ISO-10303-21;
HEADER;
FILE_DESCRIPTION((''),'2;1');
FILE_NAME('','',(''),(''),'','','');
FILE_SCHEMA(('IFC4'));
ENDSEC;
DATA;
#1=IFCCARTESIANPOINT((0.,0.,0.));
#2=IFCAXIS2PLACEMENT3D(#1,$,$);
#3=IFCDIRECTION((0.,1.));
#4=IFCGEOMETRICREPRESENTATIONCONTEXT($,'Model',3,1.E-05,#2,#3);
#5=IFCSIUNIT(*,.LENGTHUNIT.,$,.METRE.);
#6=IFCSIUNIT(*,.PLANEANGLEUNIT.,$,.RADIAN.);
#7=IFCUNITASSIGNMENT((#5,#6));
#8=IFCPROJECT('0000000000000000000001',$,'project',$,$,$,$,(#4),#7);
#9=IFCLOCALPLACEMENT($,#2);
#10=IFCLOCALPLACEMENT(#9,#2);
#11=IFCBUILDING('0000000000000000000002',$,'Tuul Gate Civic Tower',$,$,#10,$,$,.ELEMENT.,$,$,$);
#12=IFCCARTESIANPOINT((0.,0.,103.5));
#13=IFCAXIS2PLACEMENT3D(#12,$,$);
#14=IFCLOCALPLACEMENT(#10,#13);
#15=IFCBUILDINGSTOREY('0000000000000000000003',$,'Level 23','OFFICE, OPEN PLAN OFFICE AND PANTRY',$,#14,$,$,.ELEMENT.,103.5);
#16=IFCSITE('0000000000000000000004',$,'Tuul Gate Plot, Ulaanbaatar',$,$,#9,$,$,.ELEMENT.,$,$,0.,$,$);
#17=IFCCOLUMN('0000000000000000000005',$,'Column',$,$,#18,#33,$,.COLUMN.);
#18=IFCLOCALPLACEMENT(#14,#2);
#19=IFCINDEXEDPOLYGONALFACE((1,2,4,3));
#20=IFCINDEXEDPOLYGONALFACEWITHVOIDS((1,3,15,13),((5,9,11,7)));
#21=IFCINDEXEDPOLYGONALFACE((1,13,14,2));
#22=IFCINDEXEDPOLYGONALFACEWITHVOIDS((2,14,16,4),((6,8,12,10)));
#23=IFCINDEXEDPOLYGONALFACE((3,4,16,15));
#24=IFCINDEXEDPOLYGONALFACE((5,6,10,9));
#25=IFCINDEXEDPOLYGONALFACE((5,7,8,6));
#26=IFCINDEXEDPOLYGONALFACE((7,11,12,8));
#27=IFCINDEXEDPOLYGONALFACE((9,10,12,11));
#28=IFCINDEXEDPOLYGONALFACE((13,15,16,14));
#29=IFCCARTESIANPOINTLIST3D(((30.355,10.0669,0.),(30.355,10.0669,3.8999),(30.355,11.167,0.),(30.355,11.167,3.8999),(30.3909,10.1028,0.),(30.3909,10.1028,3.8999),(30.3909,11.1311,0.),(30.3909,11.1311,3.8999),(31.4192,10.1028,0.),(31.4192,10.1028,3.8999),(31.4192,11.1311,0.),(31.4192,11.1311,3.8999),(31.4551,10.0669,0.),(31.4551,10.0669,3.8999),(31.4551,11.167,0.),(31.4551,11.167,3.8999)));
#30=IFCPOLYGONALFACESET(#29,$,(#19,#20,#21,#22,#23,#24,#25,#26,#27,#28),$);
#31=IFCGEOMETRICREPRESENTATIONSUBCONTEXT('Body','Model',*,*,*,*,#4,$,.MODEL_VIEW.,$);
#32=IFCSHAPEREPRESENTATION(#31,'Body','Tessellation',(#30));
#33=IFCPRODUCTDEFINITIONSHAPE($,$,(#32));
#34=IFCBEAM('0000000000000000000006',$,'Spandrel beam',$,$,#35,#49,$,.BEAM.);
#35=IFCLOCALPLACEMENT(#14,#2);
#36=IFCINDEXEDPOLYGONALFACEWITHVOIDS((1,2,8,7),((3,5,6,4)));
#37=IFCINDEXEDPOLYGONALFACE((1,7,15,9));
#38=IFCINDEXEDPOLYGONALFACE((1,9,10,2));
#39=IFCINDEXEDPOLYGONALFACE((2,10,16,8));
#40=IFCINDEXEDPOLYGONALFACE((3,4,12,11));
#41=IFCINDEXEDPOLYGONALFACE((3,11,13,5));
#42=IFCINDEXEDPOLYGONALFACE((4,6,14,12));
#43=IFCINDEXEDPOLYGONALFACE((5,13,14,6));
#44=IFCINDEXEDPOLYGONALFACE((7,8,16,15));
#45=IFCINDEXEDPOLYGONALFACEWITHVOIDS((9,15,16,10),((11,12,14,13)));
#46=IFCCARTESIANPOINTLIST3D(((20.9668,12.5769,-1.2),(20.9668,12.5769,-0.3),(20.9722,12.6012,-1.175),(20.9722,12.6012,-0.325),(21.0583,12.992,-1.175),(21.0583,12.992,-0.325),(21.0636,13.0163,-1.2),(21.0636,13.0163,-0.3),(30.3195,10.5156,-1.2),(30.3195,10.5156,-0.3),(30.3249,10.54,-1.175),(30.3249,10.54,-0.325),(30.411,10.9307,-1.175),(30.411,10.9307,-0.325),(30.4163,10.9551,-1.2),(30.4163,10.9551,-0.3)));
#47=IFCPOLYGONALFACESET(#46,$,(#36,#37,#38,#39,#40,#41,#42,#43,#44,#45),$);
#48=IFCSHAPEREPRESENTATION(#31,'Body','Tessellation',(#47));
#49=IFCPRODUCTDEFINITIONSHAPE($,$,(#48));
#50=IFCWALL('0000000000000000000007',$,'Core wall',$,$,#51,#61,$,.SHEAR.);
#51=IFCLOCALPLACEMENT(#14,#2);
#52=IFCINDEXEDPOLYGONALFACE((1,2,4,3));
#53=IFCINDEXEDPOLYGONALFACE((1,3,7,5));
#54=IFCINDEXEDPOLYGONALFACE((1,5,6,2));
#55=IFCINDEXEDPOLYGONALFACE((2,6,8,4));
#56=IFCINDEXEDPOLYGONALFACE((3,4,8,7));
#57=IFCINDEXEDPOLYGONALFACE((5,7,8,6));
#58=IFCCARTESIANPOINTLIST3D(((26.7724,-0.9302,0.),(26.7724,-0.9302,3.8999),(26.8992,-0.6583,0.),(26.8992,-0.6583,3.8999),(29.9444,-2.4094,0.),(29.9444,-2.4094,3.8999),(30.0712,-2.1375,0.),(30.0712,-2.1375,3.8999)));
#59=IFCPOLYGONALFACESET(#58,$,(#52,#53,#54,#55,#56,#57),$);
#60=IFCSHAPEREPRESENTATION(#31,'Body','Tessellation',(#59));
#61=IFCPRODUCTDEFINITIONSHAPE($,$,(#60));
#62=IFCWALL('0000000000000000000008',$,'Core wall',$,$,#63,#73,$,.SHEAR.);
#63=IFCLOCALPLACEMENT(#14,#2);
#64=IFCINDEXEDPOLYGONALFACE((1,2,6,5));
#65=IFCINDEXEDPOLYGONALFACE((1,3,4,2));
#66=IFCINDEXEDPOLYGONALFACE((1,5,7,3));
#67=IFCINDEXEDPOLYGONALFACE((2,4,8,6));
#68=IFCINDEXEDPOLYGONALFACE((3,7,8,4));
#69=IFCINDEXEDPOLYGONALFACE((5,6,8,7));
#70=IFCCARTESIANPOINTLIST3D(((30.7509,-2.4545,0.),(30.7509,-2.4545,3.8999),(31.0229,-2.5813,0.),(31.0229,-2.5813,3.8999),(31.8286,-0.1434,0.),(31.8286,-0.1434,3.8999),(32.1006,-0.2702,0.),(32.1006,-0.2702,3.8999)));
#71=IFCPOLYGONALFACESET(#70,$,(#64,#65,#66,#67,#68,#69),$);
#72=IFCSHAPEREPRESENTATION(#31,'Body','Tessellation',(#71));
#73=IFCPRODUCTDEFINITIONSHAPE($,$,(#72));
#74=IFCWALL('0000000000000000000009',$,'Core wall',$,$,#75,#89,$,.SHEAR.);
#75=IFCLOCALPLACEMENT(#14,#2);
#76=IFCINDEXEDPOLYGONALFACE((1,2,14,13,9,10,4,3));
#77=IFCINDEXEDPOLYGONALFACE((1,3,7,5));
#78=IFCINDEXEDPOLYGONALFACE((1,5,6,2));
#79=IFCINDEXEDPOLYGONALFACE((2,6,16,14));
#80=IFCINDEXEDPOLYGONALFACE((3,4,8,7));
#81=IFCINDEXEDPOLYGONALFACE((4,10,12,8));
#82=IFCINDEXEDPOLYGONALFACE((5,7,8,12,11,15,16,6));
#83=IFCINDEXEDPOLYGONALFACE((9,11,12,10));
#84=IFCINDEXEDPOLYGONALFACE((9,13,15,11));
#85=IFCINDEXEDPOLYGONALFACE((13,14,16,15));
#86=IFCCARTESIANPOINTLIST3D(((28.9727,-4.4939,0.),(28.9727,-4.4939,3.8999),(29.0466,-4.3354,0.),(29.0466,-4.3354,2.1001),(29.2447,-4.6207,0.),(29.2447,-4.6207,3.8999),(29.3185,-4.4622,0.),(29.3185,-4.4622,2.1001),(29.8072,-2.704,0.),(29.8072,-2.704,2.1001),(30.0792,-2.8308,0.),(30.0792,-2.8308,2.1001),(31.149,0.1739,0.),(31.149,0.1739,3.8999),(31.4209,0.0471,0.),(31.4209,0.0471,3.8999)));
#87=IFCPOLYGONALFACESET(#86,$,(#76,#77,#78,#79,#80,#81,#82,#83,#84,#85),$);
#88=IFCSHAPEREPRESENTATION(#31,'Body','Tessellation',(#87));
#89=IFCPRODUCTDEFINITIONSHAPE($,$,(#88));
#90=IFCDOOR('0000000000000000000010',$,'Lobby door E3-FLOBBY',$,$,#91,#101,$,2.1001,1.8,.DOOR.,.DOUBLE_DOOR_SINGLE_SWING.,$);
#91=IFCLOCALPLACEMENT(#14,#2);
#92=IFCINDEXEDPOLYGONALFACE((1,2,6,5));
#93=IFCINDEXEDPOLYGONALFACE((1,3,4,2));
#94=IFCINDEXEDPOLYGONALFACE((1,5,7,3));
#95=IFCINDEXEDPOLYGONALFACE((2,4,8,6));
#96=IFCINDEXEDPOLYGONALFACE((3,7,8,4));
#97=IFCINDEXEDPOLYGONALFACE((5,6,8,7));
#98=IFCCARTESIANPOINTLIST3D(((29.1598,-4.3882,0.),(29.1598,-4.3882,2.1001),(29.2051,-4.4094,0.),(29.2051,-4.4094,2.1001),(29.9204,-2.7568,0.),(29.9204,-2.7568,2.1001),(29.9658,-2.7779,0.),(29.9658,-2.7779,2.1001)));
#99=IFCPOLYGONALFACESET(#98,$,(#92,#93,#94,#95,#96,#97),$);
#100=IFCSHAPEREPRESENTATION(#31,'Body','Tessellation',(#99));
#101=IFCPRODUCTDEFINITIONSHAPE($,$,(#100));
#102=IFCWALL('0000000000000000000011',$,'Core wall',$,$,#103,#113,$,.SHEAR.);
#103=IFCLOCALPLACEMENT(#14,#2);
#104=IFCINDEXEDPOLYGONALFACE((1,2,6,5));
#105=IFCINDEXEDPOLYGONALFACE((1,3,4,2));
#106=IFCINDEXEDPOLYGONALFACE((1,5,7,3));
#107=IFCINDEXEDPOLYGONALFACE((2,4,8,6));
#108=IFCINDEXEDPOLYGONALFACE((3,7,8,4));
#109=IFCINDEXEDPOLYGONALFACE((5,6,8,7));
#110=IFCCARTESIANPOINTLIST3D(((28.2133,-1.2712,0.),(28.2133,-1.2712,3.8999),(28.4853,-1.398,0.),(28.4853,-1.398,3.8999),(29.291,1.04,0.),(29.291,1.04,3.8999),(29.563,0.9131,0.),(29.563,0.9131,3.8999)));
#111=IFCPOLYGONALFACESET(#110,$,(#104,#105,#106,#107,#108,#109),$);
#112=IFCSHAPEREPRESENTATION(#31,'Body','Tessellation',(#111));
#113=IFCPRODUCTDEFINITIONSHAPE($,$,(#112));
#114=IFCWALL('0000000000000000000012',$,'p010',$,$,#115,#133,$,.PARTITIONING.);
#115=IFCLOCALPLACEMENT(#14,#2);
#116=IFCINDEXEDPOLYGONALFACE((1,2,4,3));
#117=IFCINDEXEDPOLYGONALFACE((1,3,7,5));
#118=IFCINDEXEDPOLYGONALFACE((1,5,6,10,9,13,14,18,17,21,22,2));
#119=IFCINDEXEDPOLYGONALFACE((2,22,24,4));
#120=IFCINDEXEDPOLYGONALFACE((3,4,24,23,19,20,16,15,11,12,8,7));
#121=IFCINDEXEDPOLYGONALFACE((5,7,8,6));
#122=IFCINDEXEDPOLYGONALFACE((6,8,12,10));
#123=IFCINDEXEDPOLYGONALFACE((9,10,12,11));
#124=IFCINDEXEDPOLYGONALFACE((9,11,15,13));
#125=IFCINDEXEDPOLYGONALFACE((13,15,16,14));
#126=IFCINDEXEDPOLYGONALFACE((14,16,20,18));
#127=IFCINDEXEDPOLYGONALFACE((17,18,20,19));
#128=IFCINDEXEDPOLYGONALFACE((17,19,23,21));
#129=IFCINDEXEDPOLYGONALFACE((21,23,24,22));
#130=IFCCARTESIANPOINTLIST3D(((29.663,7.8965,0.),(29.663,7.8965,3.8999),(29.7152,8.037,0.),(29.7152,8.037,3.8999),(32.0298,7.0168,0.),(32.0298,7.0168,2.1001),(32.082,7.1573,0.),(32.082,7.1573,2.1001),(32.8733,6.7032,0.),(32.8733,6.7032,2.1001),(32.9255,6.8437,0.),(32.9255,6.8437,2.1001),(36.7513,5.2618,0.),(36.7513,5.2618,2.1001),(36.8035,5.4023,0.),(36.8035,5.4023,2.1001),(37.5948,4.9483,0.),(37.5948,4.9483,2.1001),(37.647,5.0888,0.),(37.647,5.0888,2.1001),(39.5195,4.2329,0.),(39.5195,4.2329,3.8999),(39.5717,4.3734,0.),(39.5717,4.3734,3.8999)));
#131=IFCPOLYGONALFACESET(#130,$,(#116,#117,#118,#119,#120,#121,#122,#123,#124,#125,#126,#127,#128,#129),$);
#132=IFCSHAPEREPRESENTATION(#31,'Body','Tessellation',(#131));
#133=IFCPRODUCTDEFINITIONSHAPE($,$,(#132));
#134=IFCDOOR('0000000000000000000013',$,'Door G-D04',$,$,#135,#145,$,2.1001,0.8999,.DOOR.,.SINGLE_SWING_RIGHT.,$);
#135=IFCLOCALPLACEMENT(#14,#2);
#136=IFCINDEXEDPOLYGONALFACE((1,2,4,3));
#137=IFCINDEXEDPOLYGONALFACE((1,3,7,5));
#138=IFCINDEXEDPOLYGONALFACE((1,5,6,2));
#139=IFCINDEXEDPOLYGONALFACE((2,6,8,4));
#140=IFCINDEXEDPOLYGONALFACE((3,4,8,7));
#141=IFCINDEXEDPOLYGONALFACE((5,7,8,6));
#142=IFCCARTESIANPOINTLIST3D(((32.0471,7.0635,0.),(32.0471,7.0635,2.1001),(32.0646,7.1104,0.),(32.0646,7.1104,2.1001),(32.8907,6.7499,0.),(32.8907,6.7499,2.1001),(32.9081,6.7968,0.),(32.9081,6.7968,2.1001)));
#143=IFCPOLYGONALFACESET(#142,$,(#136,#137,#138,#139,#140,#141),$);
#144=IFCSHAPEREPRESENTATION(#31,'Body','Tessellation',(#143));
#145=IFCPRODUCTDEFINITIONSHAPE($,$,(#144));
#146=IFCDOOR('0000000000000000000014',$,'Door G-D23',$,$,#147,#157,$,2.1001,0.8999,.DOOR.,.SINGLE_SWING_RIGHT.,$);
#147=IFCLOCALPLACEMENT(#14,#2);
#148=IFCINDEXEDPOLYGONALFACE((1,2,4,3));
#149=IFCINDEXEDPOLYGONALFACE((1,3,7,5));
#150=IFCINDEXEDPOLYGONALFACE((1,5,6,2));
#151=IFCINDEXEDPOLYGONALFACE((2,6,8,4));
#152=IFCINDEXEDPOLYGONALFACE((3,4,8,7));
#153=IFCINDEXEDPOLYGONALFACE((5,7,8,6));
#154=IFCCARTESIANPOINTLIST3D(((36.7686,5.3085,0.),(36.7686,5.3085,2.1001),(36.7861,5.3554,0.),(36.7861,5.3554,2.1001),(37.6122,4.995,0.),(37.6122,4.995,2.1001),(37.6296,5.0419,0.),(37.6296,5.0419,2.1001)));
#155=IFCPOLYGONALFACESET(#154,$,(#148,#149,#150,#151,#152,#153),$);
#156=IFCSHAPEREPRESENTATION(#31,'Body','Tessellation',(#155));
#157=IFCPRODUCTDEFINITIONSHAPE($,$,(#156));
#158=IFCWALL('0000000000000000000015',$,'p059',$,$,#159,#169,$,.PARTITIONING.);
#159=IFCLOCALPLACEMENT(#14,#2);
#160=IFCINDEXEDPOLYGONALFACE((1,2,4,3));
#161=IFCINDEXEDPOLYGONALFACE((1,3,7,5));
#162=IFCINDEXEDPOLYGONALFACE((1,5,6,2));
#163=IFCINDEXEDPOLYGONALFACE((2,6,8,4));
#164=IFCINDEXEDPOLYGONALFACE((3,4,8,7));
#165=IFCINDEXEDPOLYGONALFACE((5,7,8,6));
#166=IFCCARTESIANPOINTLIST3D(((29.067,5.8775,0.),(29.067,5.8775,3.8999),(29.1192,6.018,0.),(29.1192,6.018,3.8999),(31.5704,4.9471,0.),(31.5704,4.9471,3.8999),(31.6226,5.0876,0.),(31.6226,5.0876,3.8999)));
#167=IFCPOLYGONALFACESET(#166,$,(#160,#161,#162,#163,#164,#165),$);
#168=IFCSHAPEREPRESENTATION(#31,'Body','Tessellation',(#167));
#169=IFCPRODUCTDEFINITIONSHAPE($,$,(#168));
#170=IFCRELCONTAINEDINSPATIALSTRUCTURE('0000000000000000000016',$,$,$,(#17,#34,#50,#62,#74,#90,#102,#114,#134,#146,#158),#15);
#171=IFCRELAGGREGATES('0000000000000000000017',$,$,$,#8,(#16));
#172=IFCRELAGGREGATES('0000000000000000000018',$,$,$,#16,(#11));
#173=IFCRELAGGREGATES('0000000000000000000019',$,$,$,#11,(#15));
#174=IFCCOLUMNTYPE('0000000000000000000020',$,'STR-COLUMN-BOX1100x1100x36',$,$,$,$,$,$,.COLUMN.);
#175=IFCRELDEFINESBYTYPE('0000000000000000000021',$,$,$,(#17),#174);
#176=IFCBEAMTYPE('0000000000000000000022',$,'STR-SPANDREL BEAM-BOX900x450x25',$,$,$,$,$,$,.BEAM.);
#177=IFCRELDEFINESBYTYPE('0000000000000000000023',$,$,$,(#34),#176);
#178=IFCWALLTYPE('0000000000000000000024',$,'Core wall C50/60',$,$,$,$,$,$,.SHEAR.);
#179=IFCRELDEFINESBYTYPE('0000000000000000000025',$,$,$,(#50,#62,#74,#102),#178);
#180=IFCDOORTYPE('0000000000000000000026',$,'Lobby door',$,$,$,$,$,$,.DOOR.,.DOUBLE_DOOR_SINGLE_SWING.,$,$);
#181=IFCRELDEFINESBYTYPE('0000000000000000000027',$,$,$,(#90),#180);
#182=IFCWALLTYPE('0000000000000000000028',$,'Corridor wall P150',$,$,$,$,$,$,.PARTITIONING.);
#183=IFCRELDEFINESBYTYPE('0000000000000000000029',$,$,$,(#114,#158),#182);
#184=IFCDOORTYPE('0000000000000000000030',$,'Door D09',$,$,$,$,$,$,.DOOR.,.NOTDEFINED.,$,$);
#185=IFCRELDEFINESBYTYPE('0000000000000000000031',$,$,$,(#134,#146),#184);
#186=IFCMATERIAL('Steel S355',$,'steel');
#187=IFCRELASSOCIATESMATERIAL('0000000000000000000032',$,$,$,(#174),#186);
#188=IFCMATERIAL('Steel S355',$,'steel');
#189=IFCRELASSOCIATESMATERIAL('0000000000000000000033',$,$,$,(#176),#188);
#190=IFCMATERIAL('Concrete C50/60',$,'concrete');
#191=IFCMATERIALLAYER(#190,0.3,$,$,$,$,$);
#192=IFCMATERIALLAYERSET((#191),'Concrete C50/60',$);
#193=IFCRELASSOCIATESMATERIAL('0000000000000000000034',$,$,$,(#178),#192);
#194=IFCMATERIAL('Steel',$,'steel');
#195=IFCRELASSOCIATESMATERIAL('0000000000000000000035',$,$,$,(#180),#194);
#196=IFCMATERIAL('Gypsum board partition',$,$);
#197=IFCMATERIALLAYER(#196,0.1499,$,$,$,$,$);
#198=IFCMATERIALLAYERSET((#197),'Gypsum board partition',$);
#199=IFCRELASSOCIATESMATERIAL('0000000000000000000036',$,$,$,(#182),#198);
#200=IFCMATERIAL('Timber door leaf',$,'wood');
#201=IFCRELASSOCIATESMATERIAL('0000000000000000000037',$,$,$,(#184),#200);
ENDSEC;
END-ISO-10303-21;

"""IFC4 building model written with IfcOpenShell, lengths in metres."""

from ifc_helpers import new_model, si_unit, direction, frame, frame_2d, origin, origin_2d, place, context, subcontext, project, spatial, rectangle, hollow_rectangle, extrude, material, layer, layer_set, material_profile, profile_set, type_object, element, fill, save


model = new_model("IFC4")

# Units and contexts
model_context = context("Model", 3, precision=1e-05, world=origin(), true_north=direction((0.0, 1.0)))
body_context = subcontext(model_context, "Body", "Model", "MODEL_VIEW")
ifc_project = project(units=[si_unit("LENGTHUNIT", "METRE"), si_unit("PLANEANGLEUNIT", "RADIAN")], contexts=[model_context])

# Site, building, storey
site_placement = place(None, origin())
site = spatial("IfcSite", under=ifc_project, at=site_placement, Name="Tuul Gate Plot, Ulaanbaatar", CompositionType="ELEMENT", RefElevation=0.0)
building_placement = place(site_placement, origin())
building = spatial("IfcBuilding", under=site, at=building_placement, Name="Tuul Gate Civic Tower", CompositionType="ELEMENT")
storey_placement = place(building_placement, frame((0.0, 0.0, 103.5)))
storey = spatial("IfcBuildingStorey", under=building, at=storey_placement, Name="Level 23", Description="OFFICE, OPEN PLAN OFFICE AND PANTRY", CompositionType="ELEMENT", Elevation=103.5)

# Column
ifc_material_1 = material(Name="Steel S355", Category="steel")
ifc_material_profile_1 = material_profile(ifc_material_1, hollow_rectangle(XDim=1.1001, YDim=1.1001, WallThickness=0.0359, at=origin_2d()), Name="BOX1100x1100x36")
ifc_profile_set_1 = profile_set([ifc_material_profile_1], Name="Steel S355")
column_type = type_object("IfcColumnType", Name="STR-COLUMN-BOX1100x1100x36", PredefinedType="COLUMN", material=ifc_profile_set_1)
column_placement = place(storey_placement, frame((30.905, 10.6169, 0.0), z_axis=(0.0, 0.0, 1.0), x_axis=(1.0, 0.0, 0.0)))
element("IfcColumn", 1, at=column_placement, inside=storey, type_object=column_type, Name="Column", PredefinedType="COLUMN", context=body_context, shape_type="SweptSolid", body=[
    extrude(hollow_rectangle(XDim=1.1001, YDim=1.1001, WallThickness=0.0359, at=origin_2d()), origin(), (0.0, 0.0, 1.0), 3.8999),
])

# Beam
ifc_material_2 = material(Name="Steel S355", Category="steel")
ifc_material_profile_2 = material_profile(ifc_material_2, hollow_rectangle(XDim=0.45, YDim=0.8999, WallThickness=0.0249, at=origin_2d()), Name="BOX900x450x25")
ifc_profile_set_2 = profile_set([ifc_material_profile_2], Name="Steel S355")
beam_type = type_object("IfcBeamType", Name="STR-SPANDREL BEAM-BOX900x450x25", PredefinedType="BEAM", material=ifc_profile_set_2)
beam_placement = place(storey_placement, frame((30.3679, 10.7354, -0.75), z_axis=(-0.976564, 0.215227, 0.0), x_axis=(-0.215227, -0.976564, 0.0)))
element("IfcBeam", 2, at=beam_placement, inside=storey, type_object=beam_type, Name="Spandrel beam", PredefinedType="BEAM", context=body_context, shape_type="SweptSolid", body=[
    extrude(hollow_rectangle(XDim=0.45, YDim=0.8999, WallThickness=0.0249, at=origin_2d()), origin(), (0.0, 0.0, 1.0), 9.5771),
])

# Walls
ifc_material_3 = material(Name="Concrete C50/60", Category="concrete")
ifc_layer_1 = layer(ifc_material_3, 0.3)
ifc_layer_set_1 = layer_set([ifc_layer_1], Name="Concrete C50/60")
wall_type_1 = type_object("IfcWallType", Name="Core wall C50/60", PredefinedType="SHEAR", material=ifc_layer_set_1)
wall_1_placement = place(storey_placement, frame((30.0078, -2.2734, 0.0), z_axis=(0.0, 0.0, 1.0), x_axis=(-0.906301, 0.422633, 0.0)))
element("IfcWall", 3, at=wall_1_placement, inside=storey, type_object=wall_type_1, Name="Core wall", PredefinedType="SHEAR", context=body_context, shape_type="SweptSolid", body=[
    extrude(rectangle(XDim=3.5, YDim=0.3, at=frame_2d((1.75, 0.0))), origin(), (0.0, 0.0, 1.0), 3.8999),
])
wall_2_placement = place(storey_placement, frame((30.887, -2.5178, 0.0), z_axis=(0.0, 0.0, 1.0), x_axis=(0.422613, 0.90631, 0.0)))
element("IfcWall", 4, at=wall_2_placement, inside=storey, type_object=wall_type_1, Name="Core wall", PredefinedType="SHEAR", context=body_context, shape_type="SweptSolid", body=[
    extrude(rectangle(XDim=2.55, YDim=0.3, at=frame_2d((1.2749, 0.0))), origin(), (0.0, 0.0, 1.0), 3.8999),
])

# Wall, opening, door
wall_3_placement = place(storey_placement, frame((29.1086, -4.5574, 0.0), z_axis=(0.0, 0.0, 1.0), x_axis=(0.422566, 0.906332, 0.0)))
wall_3 = element("IfcWall", 5, at=wall_3_placement, inside=storey, type_object=wall_type_1, Name="Core wall", PredefinedType="SHEAR", context=body_context, shape_type="SweptSolid", body=[
    extrude(rectangle(XDim=5.1501, YDim=0.3, at=frame_2d((2.5752, 0.0))), origin(), (0.0, 0.0, 1.0), 3.8999),
])
opening_1_placement = place(wall_3_placement, frame((0.175, 0.0, 0.0)))
opening_1 = element("IfcOpeningElement", 6, at=opening_1_placement, cuts=wall_3, PredefinedType="OPENING", context=body_context, shape_type="SweptSolid", body=[
    extrude(rectangle(XDim=1.8, YDim=2.1001, at=frame_2d((0.8999, 1.05))), frame((0.0, 0.1602, 0.0), z_axis=(0.0, -1.0, 0.0), x_axis=(1.0, 0.0, 0.0)), (0.0, 0.0, 1.0), 0.3201),
])
ifc_material_4 = material(Name="Steel", Category="steel")
door_type_1 = type_object("IfcDoorType", Name="Lobby door", OperationType="DOUBLE_DOOR_SINGLE_SWING", PredefinedType="DOOR", material=ifc_material_4)
door_1_placement = place(opening_1_placement, frame((1.8, 0.0, 0.0), z_axis=(0.0, 0.0, 1.0), x_axis=(-1.0, 0.0, 0.0)))
door_1 = element("IfcDoor", 7, at=door_1_placement, inside=storey, type_object=door_type_1, Name="Lobby door E3-FLOBBY", OperationType="DOUBLE_DOOR_SINGLE_SWING", OverallHeight=2.1001, OverallWidth=1.8, PredefinedType="DOOR", context=body_context, shape_type="SweptSolid", body=[
    extrude(rectangle(XDim=1.8, YDim=2.1001, at=frame_2d((0.9001, 1.05))), frame((0.0, 0.0249, 0.0), z_axis=(0.0, -1.0, 0.0), x_axis=(1.0, 0.0, 0.0)), (0.0, 0.0, 1.0), 0.05),
])
fill(opening_1, door_1)

# Wall
wall_4_placement = place(storey_placement, frame((28.3494, -1.3345, 0.0), z_axis=(0.0, 0.0, 1.0), x_axis=(0.422613, 0.90631, 0.0)))
element("IfcWall", 8, at=wall_4_placement, inside=storey, type_object=wall_type_1, Name="Core wall", PredefinedType="SHEAR", context=body_context, shape_type="SweptSolid", body=[
    extrude(rectangle(XDim=2.55, YDim=0.3, at=frame_2d((1.2749, 0.0))), origin(), (0.0, 0.0, 1.0), 3.8999),
])

# Wall, openings, doors
ifc_material_5 = material(Name="Gypsum board partition")
ifc_layer_2 = layer(ifc_material_5, 0.1499)
ifc_layer_set_2 = layer_set([ifc_layer_2], Name="Gypsum board partition")
wall_type_2 = type_object("IfcWallType", Name="Corridor wall P150", PredefinedType="PARTITIONING", material=ifc_layer_set_2)
wall_5_placement = place(storey_placement, frame((29.689, 7.9668, 0.0), z_axis=(0.0, 0.0, 1.0), x_axis=(0.937344, -0.348405, 0.0)))
wall_5 = element("IfcWall", 9, at=wall_5_placement, inside=storey, type_object=wall_type_2, Name="p010", PredefinedType="PARTITIONING", context=body_context, shape_type="SweptSolid", body=[
    extrude(rectangle(XDim=10.5154, YDim=0.1499, at=frame_2d((5.2578, 0.0))), origin(), (0.0, 0.0, 1.0), 3.8999),
])
opening_2_placement = place(wall_5_placement, frame((2.5251, 0.0, 0.0)))
opening_2 = element("IfcOpeningElement", 10, at=opening_2_placement, cuts=wall_5, PredefinedType="OPENING", context=body_context, shape_type="SweptSolid", body=[
    extrude(rectangle(XDim=0.8999, YDim=2.1001, at=frame_2d((0.45, 1.05))), frame((0.0, 0.085, 0.0), z_axis=(0.0, -1.0, 0.0), x_axis=(1.0, 0.0, 0.0)), (0.0, 0.0, 1.0), 0.1699),
])
opening_3_placement = place(wall_5_placement, frame((7.5623, 0.0, 0.0)))
opening_3 = element("IfcOpeningElement", 11, at=opening_3_placement, cuts=wall_5, PredefinedType="OPENING", context=body_context, shape_type="SweptSolid", body=[
    extrude(rectangle(XDim=0.8999, YDim=2.1001, at=frame_2d((0.45, 1.05))), frame((0.0, 0.085, 0.0), z_axis=(0.0, -1.0, 0.0), x_axis=(1.0, 0.0, 0.0)), (0.0, 0.0, 1.0), 0.1699),
])
ifc_material_6 = material(Name="Timber door leaf", Category="wood")
door_type_2 = type_object("IfcDoorType", Name="Door D09", OperationType="NOTDEFINED", PredefinedType="DOOR", material=ifc_material_6)
door_2_placement = place(opening_2_placement, origin())
door_2 = element("IfcDoor", 12, at=door_2_placement, inside=storey, type_object=door_type_2, Name="Door G-D04", OperationType="SINGLE_SWING_RIGHT", OverallHeight=2.1001, OverallWidth=0.8999, PredefinedType="DOOR", context=body_context, shape_type="SweptSolid", body=[
    extrude(rectangle(XDim=0.8999, YDim=2.1001, at=frame_2d((0.45, 1.05))), frame((0.0, 0.0249, 0.0), z_axis=(0.0, -1.0, 0.0), x_axis=(1.0, 0.0, 0.0)), (0.0, 0.0, 1.0), 0.05),
])
fill(opening_2, door_2)
door_3_placement = place(opening_3_placement, origin())
door_3 = element("IfcDoor", 13, at=door_3_placement, inside=storey, type_object=door_type_2, Name="Door G-D23", OperationType="SINGLE_SWING_RIGHT", OverallHeight=2.1001, OverallWidth=0.8999, PredefinedType="DOOR", context=body_context, shape_type="SweptSolid", body=[
    extrude(rectangle(XDim=0.8999, YDim=2.1001, at=frame_2d((0.45, 1.05))), frame((0.0, 0.0249, 0.0), z_axis=(0.0, -1.0, 0.0), x_axis=(1.0, 0.0, 0.0)), (0.0, 0.0, 1.0), 0.05),
])
fill(opening_3, door_3)

# Wall
wall_6_placement = place(storey_placement, frame((29.093, 5.9478, 0.0), z_axis=(0.0, 0.0, 1.0), x_axis=(0.937354, -0.348377, 0.0)))
element("IfcWall", 14, at=wall_6_placement, inside=storey, type_object=wall_type_2, Name="p059", PredefinedType="PARTITIONING", context=body_context, shape_type="SweptSolid", body=[
    extrude(rectangle(XDim=2.6707, YDim=0.1499, at=frame_2d((1.3354, 0.0))), origin(), (0.0, 0.0, 1.0), 3.8999),
])

save(model, "model.ifc")
